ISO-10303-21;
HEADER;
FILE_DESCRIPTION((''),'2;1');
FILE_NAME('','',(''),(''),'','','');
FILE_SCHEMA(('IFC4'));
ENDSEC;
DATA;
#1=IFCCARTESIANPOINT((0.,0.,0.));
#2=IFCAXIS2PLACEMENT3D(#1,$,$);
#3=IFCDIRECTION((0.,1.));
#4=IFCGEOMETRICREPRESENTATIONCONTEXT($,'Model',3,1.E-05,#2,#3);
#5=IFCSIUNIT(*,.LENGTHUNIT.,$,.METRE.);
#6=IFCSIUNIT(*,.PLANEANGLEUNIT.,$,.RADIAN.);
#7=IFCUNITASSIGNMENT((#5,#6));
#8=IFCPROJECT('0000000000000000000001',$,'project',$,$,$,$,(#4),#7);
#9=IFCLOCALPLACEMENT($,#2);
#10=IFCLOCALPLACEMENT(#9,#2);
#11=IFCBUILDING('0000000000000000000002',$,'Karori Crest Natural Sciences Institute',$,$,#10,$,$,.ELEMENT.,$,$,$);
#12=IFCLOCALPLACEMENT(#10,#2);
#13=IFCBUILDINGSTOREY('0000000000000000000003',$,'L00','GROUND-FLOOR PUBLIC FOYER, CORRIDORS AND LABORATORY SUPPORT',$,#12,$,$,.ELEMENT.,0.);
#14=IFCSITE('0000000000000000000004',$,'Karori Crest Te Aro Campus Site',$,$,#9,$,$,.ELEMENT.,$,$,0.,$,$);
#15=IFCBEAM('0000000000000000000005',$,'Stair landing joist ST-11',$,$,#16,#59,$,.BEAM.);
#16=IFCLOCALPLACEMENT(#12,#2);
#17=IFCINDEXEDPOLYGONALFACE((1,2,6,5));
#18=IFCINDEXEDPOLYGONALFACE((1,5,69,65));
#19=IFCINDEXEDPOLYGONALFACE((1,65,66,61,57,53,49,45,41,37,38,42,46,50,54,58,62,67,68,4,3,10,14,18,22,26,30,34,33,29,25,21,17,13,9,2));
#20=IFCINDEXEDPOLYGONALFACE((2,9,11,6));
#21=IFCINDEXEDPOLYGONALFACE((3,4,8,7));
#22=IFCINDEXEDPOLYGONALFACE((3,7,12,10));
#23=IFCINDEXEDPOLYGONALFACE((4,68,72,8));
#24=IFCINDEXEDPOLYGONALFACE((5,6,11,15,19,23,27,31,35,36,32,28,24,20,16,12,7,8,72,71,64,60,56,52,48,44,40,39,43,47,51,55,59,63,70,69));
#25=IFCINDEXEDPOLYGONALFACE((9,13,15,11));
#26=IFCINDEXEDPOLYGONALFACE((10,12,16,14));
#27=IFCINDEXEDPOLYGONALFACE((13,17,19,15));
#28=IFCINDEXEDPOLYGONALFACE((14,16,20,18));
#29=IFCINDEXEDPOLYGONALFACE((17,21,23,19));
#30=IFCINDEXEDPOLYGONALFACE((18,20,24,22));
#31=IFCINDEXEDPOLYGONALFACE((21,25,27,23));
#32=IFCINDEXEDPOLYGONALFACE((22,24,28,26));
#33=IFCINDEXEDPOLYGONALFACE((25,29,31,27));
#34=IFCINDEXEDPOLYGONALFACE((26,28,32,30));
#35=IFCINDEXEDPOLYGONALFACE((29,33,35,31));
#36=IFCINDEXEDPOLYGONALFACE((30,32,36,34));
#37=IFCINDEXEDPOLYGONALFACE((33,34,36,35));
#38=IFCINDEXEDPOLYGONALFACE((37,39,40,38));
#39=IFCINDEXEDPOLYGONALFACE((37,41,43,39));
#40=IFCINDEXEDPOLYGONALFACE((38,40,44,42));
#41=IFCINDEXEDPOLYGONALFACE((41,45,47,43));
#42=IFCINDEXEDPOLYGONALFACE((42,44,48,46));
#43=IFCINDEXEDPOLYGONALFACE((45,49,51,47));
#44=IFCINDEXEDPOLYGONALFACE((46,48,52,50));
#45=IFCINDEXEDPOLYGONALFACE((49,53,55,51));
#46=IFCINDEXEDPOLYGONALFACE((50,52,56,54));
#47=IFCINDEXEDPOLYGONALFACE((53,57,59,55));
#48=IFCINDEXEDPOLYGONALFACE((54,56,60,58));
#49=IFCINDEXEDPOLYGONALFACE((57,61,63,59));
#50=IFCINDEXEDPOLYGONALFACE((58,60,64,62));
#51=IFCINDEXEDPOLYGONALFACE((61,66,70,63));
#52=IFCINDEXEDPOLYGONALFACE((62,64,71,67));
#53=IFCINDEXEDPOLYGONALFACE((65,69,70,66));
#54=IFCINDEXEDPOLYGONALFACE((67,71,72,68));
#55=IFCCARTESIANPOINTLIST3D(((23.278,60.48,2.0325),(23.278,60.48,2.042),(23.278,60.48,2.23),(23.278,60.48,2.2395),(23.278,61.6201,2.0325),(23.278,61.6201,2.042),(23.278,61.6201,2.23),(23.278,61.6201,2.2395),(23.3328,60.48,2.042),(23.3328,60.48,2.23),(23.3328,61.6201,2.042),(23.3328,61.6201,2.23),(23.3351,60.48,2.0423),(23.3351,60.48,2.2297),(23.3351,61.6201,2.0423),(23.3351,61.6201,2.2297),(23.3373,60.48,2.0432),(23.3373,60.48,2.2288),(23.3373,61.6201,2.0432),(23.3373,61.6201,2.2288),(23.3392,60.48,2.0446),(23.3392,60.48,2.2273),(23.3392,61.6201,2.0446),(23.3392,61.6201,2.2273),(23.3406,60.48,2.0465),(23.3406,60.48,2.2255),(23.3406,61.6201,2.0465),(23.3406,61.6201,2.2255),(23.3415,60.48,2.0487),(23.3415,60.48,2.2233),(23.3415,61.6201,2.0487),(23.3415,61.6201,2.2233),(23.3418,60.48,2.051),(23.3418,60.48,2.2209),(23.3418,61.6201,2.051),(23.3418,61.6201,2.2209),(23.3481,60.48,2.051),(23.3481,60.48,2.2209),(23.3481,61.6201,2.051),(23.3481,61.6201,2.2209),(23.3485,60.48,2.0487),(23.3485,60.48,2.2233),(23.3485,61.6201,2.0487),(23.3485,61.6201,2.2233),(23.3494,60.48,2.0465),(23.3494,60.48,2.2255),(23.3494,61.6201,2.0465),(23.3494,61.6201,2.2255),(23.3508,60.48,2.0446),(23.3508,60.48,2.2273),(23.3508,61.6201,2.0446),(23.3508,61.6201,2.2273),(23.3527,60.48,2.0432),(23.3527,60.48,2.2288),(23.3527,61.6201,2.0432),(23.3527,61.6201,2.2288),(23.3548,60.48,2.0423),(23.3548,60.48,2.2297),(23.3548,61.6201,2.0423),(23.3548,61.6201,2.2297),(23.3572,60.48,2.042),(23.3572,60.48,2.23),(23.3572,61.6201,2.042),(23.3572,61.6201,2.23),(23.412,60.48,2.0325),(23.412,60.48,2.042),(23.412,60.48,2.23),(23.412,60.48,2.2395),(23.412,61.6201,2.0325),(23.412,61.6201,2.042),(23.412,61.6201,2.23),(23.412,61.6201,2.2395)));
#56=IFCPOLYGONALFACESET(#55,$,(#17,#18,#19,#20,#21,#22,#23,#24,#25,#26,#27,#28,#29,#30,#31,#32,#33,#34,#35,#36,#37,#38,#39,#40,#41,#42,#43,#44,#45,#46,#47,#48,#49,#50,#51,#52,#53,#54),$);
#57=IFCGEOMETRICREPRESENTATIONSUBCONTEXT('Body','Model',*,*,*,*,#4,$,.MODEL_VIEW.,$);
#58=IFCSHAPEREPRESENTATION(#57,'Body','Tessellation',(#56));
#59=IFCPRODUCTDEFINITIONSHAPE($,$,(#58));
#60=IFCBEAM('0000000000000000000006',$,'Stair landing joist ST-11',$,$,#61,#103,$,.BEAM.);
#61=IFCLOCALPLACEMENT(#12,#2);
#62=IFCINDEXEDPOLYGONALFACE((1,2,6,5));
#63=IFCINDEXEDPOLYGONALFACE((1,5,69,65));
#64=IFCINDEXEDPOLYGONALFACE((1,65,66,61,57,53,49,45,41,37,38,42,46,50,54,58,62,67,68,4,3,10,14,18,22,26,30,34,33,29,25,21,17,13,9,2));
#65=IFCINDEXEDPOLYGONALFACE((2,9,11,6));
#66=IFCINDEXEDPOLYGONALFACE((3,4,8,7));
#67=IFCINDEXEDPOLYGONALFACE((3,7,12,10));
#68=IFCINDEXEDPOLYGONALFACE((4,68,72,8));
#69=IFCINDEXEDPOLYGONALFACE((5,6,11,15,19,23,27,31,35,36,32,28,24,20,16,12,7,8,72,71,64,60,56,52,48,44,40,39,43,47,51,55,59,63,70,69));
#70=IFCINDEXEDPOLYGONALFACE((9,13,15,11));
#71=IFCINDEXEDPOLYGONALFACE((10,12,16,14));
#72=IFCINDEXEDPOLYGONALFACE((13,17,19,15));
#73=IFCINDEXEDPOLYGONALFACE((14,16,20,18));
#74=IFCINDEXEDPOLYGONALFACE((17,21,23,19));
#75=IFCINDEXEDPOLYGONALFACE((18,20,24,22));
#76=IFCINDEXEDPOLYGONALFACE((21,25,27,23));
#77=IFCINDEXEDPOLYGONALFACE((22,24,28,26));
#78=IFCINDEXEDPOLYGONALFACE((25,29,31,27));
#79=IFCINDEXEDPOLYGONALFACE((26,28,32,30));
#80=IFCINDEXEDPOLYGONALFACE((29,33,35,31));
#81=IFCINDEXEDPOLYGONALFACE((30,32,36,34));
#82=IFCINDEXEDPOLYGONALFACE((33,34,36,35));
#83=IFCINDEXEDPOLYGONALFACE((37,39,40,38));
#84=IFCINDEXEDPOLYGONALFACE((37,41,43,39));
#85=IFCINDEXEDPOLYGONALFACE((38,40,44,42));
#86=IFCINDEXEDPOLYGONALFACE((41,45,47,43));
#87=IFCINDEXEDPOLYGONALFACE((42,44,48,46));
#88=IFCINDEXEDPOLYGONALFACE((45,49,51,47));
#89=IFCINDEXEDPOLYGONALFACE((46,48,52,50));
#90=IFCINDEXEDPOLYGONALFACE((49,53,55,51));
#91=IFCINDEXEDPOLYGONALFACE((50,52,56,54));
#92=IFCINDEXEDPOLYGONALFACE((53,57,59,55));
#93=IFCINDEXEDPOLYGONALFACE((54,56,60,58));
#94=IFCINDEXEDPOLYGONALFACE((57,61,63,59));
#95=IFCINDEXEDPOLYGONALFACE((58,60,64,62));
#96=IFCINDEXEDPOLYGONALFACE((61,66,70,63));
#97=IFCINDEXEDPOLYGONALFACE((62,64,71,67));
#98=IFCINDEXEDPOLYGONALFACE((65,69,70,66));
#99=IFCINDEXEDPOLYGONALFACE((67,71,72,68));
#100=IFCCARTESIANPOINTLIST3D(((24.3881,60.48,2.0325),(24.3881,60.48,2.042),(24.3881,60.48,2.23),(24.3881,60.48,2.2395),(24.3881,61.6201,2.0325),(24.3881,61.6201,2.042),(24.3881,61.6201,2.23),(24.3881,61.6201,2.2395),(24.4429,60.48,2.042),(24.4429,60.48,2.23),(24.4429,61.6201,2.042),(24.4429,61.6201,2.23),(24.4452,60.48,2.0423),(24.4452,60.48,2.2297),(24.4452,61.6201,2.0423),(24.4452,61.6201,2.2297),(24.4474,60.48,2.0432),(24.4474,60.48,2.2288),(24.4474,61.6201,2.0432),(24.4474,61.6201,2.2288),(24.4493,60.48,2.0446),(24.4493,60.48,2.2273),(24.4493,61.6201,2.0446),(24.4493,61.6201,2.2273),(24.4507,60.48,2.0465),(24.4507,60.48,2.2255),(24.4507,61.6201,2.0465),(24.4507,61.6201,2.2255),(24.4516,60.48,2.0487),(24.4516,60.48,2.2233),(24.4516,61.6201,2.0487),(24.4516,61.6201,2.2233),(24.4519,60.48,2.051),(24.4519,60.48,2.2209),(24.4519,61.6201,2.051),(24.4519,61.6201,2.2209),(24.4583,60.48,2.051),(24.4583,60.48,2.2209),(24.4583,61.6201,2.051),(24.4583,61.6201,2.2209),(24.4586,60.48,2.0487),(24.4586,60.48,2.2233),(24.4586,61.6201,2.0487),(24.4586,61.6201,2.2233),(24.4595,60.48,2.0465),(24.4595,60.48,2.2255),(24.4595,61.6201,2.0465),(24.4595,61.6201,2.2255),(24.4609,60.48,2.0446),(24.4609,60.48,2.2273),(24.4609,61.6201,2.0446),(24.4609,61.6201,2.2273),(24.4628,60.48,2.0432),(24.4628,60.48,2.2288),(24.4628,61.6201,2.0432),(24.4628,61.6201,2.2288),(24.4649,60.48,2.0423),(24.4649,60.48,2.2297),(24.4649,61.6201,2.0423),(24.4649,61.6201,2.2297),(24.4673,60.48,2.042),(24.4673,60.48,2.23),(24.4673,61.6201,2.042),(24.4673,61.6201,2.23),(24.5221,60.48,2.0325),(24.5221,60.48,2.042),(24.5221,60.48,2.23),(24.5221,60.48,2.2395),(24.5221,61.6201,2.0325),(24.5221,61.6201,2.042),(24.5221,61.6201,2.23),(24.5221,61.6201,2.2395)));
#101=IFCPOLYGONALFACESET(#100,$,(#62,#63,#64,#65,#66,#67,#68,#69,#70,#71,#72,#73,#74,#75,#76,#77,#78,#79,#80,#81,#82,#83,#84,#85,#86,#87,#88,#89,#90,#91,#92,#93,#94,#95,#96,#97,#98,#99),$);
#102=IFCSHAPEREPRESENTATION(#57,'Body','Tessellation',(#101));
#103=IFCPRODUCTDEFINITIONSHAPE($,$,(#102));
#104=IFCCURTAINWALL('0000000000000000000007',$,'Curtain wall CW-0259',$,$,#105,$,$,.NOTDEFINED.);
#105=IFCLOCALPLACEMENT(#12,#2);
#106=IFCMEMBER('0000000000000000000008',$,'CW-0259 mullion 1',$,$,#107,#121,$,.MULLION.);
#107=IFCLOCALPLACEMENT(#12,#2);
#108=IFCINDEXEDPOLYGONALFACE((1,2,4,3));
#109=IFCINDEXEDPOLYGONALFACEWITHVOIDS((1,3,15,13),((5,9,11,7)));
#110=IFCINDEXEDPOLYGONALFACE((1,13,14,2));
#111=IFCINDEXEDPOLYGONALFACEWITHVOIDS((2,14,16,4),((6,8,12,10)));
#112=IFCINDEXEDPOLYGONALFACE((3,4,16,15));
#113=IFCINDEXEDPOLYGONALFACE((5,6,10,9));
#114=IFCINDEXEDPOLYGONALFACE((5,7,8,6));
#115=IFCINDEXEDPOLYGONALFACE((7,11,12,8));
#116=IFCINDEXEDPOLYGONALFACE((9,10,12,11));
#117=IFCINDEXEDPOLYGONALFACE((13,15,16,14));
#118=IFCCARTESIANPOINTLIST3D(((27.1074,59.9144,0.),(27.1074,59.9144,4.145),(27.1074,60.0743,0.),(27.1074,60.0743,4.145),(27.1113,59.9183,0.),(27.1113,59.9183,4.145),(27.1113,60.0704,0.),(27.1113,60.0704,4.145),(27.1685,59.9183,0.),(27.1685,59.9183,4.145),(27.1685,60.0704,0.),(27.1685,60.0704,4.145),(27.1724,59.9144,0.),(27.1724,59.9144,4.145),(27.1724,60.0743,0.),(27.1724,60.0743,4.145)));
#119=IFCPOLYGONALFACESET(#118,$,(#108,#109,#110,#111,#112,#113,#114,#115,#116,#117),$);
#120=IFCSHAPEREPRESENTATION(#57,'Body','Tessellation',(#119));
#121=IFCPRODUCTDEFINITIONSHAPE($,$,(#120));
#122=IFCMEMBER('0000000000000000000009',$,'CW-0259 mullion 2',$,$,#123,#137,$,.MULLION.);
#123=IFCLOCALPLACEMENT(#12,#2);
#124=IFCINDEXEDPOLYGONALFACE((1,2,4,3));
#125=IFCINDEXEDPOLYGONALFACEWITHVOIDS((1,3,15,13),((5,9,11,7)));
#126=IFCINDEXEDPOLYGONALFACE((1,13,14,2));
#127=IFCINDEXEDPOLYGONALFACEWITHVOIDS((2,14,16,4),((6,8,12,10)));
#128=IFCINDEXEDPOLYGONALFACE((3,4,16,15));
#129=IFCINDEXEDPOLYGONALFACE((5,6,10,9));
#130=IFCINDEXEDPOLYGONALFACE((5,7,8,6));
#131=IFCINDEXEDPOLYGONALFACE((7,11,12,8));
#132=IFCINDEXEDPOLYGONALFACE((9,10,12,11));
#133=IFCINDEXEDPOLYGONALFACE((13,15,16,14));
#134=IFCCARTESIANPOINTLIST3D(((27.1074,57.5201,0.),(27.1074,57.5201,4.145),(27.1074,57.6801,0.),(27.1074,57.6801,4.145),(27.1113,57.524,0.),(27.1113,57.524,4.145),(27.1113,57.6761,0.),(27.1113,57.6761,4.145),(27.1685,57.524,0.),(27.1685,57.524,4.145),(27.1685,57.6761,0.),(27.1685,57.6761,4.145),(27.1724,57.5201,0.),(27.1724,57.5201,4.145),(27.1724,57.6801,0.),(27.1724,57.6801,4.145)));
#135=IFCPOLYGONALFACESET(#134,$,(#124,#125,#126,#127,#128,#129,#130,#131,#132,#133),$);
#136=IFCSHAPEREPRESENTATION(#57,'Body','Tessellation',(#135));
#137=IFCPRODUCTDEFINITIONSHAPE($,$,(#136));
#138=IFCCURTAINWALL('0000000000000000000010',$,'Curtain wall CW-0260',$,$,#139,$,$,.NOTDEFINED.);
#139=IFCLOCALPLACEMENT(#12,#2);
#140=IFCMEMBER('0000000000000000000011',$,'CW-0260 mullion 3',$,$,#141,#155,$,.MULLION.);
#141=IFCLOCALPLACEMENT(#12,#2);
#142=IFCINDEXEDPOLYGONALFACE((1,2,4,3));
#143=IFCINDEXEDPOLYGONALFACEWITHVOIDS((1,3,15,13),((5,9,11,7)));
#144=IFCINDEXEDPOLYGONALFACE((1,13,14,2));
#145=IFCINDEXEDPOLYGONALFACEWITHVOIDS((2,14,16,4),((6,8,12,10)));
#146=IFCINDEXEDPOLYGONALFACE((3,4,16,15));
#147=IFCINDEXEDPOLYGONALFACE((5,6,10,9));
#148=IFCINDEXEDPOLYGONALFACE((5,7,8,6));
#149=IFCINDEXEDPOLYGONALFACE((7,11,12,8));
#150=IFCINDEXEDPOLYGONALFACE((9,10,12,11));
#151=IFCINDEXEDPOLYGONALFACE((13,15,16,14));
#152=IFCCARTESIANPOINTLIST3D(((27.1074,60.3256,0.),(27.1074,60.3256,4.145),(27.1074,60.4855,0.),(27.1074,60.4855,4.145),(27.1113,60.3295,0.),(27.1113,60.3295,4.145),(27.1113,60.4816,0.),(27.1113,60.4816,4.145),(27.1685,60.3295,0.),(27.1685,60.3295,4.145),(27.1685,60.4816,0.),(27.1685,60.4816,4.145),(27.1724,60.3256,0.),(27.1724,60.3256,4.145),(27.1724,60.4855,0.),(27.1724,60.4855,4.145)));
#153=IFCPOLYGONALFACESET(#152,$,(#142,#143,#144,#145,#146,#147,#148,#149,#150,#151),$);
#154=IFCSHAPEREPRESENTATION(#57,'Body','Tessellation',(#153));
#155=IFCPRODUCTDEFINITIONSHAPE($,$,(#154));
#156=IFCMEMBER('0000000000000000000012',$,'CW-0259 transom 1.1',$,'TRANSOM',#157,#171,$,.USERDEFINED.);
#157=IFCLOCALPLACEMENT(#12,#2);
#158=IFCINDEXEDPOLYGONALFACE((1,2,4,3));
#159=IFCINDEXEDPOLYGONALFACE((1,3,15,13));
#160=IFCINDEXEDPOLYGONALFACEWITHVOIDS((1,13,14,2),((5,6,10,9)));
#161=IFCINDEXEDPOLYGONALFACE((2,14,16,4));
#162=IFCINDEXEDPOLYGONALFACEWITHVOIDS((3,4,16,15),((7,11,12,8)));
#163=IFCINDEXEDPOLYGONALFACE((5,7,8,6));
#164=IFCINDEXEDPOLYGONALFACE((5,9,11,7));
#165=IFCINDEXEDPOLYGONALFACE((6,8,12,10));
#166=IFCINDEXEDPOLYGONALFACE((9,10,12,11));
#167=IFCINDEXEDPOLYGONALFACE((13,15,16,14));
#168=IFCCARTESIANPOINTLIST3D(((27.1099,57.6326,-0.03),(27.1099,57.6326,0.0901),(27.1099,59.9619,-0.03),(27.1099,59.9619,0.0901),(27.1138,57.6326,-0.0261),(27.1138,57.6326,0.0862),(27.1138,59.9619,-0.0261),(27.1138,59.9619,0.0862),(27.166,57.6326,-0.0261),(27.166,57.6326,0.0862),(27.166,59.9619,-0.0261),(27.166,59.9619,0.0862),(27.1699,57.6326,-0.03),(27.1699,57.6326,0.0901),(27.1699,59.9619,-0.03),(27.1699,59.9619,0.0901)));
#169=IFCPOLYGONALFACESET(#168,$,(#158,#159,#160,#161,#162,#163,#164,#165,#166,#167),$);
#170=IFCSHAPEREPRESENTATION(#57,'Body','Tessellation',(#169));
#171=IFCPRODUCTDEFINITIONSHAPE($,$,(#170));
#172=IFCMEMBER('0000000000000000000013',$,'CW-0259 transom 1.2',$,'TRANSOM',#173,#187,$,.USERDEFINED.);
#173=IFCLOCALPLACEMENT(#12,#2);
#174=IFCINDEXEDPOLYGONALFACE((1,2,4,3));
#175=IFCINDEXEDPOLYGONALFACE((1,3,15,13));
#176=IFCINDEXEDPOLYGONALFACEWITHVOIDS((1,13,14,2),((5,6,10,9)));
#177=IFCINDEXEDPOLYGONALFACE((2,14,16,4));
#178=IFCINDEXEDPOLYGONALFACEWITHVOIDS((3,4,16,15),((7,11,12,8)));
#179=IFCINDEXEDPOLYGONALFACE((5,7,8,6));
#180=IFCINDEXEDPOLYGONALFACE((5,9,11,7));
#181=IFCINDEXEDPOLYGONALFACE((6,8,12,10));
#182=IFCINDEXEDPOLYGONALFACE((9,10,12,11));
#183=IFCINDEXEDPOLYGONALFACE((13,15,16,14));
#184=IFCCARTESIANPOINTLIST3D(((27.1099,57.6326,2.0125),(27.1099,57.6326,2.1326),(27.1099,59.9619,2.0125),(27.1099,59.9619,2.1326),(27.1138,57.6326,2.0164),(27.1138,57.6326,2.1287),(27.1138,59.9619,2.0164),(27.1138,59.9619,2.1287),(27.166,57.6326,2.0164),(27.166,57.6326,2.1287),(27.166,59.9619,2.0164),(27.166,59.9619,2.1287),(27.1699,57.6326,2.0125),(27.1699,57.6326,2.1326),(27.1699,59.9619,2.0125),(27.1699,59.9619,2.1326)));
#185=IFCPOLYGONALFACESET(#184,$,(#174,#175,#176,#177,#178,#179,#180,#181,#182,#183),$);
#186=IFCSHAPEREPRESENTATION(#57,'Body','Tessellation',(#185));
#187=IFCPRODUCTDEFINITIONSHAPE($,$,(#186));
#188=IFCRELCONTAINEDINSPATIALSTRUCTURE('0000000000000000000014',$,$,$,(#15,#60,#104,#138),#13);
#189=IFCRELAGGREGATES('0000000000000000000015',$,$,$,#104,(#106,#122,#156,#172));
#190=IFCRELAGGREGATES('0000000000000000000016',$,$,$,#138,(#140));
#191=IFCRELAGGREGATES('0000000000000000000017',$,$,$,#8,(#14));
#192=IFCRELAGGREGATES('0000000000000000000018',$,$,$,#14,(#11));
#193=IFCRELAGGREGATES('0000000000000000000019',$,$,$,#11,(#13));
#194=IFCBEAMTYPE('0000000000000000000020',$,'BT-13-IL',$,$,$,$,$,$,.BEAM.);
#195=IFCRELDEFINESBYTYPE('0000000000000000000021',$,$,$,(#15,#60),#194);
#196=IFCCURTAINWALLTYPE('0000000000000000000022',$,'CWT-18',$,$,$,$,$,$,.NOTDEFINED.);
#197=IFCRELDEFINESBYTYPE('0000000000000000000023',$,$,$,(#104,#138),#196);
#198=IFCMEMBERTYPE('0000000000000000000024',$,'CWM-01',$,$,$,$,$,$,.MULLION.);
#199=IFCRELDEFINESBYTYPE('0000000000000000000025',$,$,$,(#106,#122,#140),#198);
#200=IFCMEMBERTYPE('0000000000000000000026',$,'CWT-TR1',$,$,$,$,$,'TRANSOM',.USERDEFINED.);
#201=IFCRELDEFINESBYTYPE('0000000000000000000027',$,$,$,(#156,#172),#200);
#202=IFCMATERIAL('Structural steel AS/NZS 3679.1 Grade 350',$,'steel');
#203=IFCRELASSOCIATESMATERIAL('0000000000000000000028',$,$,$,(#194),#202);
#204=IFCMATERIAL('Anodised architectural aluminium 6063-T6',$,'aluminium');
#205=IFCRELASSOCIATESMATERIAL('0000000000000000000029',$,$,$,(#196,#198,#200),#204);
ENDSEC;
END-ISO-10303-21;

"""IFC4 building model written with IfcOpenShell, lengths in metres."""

from ifc_helpers import new_model, si_unit, direction, frame, origin, origin_2d, place, context, subcontext, project, spatial, hollow_rectangle, i_section, extrude, material, material_profile, profile_set, type_object, element, aggregate, save


model = new_model("IFC4")

# Units and contexts
model_context = context("Model", 3, precision=1e-05, world=origin(), true_north=direction((0.0, 1.0)))
body_context = subcontext(model_context, "Body", "Model", "MODEL_VIEW")
ifc_project = project(units=[si_unit("LENGTHUNIT", "METRE"), si_unit("PLANEANGLEUNIT", "RADIAN")], contexts=[model_context])

# Site, building, storey
site_placement = place(None, origin())
site = spatial("IfcSite", under=ifc_project, at=site_placement, Name="Karori Crest Te Aro Campus Site", CompositionType="ELEMENT", RefElevation=0.0)
building_placement = place(site_placement, origin())
building = spatial("IfcBuilding", under=site, at=building_placement, Name="Karori Crest Natural Sciences Institute", CompositionType="ELEMENT")
storey_placement = place(building_placement, origin())
storey = spatial("IfcBuildingStorey", under=building, at=storey_placement, Name="L00", Description="GROUND-FLOOR PUBLIC FOYER, CORRIDORS AND LABORATORY SUPPORT", CompositionType="ELEMENT", Elevation=0.0)

# Shared definitions
ifc_material_1 = material(Name="Structural steel AS/NZS 3679.1 Grade 350", Category="steel")

# Beams
ifc_material_profile_1 = material_profile(ifc_material_1, i_section(OverallWidth=0.134, OverallDepth=0.207, WebThickness=0.0063, FlangeThickness=0.0095, FilletRadius=0.009, at=origin_2d()), Name="200UB29.8")
ifc_profile_set_1 = profile_set([ifc_material_profile_1], Name="Structural steel AS/NZS 3679.1 Grade 350")
beam_type_1 = type_object("IfcBeamType", Name="BT-13-IL", PredefinedType="BEAM", material=ifc_profile_set_1)
for number, where, z_axis, x_axis, name in (
    (1, (23.345, 60.48, 2.136), (0.0, 1.0, 0.0), (-1.0, 0.0, 0.0), "Stair landing joist ST-11"),
    (2, (24.4551, 60.48, 2.136), (0.0, 1.0, 0.0), (-1.0, 0.0, 0.0), "Stair landing joist ST-11"),
):
    element("IfcBeam", number, at=place(storey_placement, frame(where, z_axis=z_axis, x_axis=x_axis)), inside=storey, type_object=beam_type_1, Name=name, PredefinedType="BEAM", context=body_context, shape_type="SweptSolid", body=[
        extrude(i_section(OverallWidth=0.134, OverallDepth=0.207, WebThickness=0.0063, FlangeThickness=0.0095, FilletRadius=0.009, at=origin_2d()), origin(), (0.0, 0.0, 1.0), 1.1401),
    ])

# Curtain wall, members
ifc_material_2 = material(Name="Anodised architectural aluminium 6063-T6", Category="aluminium")
curtain_wall_type = type_object("IfcCurtainWallType", Name="CWT-18", PredefinedType="NOTDEFINED", material=ifc_material_2)
curtain_wall_1_placement = place(storey_placement, origin())
curtain_wall_1 = element("IfcCurtainWall", 3, at=curtain_wall_1_placement, inside=storey, type_object=curtain_wall_type, Name="Curtain wall CW-0259", PredefinedType="NOTDEFINED")
ifc_material_profile_2 = material_profile(ifc_material_2, hollow_rectangle(XDim=0.0649, YDim=0.1599, WallThickness=0.0039, at=origin_2d()), Name="CWM160x65x4")
ifc_profile_set_2 = profile_set([ifc_material_profile_2], Name="Anodised architectural aluminium 6063-T6")
member_type_1 = type_object("IfcMemberType", Name="CWM-01", PredefinedType="MULLION", material=ifc_profile_set_2)
member_1_placement = place(storey_placement, frame((27.1399, 59.9944, 0.0), z_axis=(0.0, 0.0, 1.0), x_axis=(1.0, 0.0, 0.0)))
member_1 = element("IfcMember", 4, at=member_1_placement, type_object=member_type_1, Name="CW-0259 mullion 1", PredefinedType="MULLION", context=body_context, shape_type="SweptSolid", body=[
    extrude(hollow_rectangle(XDim=0.0649, YDim=0.1599, WallThickness=0.0039, at=origin_2d()), origin(), (0.0, 0.0, 1.0), 4.145),
])
member_2_placement = place(storey_placement, frame((27.1399, 57.6001, 0.0), z_axis=(0.0, 0.0, 1.0), x_axis=(1.0, 0.0, 0.0)))
member_2 = element("IfcMember", 5, at=member_2_placement, type_object=member_type_1, Name="CW-0259 mullion 2", PredefinedType="MULLION", context=body_context, shape_type="SweptSolid", body=[
    extrude(hollow_rectangle(XDim=0.0649, YDim=0.1599, WallThickness=0.0039, at=origin_2d()), origin(), (0.0, 0.0, 1.0), 4.145),
])

# Curtain wall, member
curtain_wall_2_placement = place(storey_placement, origin())
curtain_wall_2 = element("IfcCurtainWall", 6, at=curtain_wall_2_placement, inside=storey, type_object=curtain_wall_type, Name="Curtain wall CW-0260", PredefinedType="NOTDEFINED")
member_3_placement = place(storey_placement, frame((27.1399, 60.4055, 0.0), z_axis=(0.0, 0.0, 1.0), x_axis=(1.0, 0.0, 0.0)))
member_3 = element("IfcMember", 7, at=member_3_placement, type_object=member_type_1, Name="CW-0260 mullion 3", PredefinedType="MULLION", context=body_context, shape_type="SweptSolid", body=[
    extrude(hollow_rectangle(XDim=0.0649, YDim=0.1599, WallThickness=0.0039, at=origin_2d()), origin(), (0.0, 0.0, 1.0), 4.145),
])

# Members
ifc_material_profile_3 = material_profile(ifc_material_2, hollow_rectangle(XDim=0.0601, YDim=0.1201, WallThickness=0.0039, at=origin_2d()), Name="CWT120x60x4")
ifc_profile_set_3 = profile_set([ifc_material_profile_3], Name="Anodised architectural aluminium 6063-T6")
member_type_2 = type_object("IfcMemberType", Name="CWT-TR1", ElementType="TRANSOM", PredefinedType="USERDEFINED", material=ifc_profile_set_3)
member_4_placement = place(storey_placement, frame((27.1399, 59.9619, 0.03), z_axis=(0.0, -1.0, 0.0), x_axis=(1.0, 0.0, 0.0)))
member_4 = element("IfcMember", 8, at=member_4_placement, type_object=member_type_2, Name="CW-0259 transom 1.1", ObjectType="TRANSOM", PredefinedType="USERDEFINED", context=body_context, shape_type="SweptSolid", body=[
    extrude(hollow_rectangle(XDim=0.0601, YDim=0.1201, WallThickness=0.0039, at=origin_2d()), origin(), (0.0, 0.0, 1.0), 2.3293),
])
member_5_placement = place(storey_placement, frame((27.1399, 59.9619, 2.0725), z_axis=(0.0, -1.0, 0.0), x_axis=(1.0, 0.0, 0.0)))
member_5 = element("IfcMember", 9, at=member_5_placement, type_object=member_type_2, Name="CW-0259 transom 1.2", ObjectType="TRANSOM", PredefinedType="USERDEFINED", context=body_context, shape_type="SweptSolid", body=[
    extrude(hollow_rectangle(XDim=0.0601, YDim=0.1201, WallThickness=0.0039, at=origin_2d()), origin(), (0.0, 0.0, 1.0), 2.3293),
])

aggregate(curtain_wall_1, [member_1, member_2, member_4, member_5])
aggregate(curtain_wall_2, [member_3])

save(model, "model.ifc")
